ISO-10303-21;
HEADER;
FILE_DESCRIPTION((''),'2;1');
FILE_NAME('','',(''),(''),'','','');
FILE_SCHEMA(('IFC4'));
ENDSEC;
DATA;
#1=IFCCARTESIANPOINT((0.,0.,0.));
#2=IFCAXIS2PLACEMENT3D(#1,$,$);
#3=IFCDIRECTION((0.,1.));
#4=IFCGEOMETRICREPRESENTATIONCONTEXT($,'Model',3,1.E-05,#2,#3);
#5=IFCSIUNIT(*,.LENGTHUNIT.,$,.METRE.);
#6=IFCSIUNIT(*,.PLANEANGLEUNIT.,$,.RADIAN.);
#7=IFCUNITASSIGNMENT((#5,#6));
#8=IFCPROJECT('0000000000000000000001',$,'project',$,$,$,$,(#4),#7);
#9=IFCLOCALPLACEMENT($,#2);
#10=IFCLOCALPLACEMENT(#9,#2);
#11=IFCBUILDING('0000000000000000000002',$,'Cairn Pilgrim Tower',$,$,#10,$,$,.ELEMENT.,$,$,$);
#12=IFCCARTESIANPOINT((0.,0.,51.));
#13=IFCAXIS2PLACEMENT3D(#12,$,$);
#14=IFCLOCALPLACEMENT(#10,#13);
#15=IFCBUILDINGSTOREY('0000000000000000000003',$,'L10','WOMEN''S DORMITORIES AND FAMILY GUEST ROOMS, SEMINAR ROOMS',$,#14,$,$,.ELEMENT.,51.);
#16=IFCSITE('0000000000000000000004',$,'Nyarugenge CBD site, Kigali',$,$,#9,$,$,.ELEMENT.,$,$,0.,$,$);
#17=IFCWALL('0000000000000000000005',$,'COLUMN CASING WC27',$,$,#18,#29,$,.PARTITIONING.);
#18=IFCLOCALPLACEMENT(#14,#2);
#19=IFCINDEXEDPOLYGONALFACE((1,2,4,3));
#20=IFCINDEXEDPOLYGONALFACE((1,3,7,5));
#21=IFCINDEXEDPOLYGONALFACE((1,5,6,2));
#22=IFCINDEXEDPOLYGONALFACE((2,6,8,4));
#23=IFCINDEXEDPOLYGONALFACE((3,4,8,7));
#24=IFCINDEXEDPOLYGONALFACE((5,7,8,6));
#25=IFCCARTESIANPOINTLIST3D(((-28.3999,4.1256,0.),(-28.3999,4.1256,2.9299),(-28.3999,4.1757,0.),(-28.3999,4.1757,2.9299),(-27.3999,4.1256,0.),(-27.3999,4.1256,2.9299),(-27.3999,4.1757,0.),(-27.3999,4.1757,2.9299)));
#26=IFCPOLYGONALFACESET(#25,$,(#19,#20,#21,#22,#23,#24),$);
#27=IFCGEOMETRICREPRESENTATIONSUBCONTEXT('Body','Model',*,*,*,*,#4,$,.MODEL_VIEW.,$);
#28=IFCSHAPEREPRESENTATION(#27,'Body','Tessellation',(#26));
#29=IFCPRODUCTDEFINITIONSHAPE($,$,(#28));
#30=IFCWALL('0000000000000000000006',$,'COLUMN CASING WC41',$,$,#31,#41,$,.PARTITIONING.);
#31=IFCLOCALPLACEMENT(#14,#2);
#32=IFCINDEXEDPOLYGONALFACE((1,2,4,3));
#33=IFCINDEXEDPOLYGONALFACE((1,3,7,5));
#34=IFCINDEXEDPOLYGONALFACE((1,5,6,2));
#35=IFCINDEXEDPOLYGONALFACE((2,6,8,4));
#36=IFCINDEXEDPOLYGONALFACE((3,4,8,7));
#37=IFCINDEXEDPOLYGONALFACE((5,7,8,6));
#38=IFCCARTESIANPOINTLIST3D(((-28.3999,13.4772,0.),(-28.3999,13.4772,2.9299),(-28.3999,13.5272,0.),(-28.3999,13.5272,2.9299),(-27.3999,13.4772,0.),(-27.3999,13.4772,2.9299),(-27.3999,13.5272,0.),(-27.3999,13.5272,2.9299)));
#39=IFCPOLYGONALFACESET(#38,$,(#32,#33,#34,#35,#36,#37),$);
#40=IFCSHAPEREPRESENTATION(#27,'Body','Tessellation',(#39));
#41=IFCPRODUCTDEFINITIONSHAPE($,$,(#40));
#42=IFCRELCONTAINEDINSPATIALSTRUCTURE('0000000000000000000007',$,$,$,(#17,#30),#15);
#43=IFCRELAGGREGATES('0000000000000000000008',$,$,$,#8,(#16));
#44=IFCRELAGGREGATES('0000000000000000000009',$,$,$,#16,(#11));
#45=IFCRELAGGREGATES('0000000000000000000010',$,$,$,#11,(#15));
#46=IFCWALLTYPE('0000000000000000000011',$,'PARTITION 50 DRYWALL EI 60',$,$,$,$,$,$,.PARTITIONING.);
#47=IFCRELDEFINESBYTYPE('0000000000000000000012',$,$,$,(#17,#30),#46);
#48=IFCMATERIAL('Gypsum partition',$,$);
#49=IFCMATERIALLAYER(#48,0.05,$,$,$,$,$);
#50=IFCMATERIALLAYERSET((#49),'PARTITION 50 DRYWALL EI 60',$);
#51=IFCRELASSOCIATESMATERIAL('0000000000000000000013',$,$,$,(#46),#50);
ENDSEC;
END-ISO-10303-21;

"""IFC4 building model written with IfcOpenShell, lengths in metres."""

from ifc_helpers import new_model, si_unit, direction, frame, frame_2d, origin, place, context, subcontext, project, spatial, rectangle, extrude, material, layer, layer_set, type_object, element, save


model = new_model("IFC4")

# Units and contexts
model_context = context("Model", 3, precision=1e-05, world=origin(), true_north=direction((0.0, 1.0)))
body_context = subcontext(model_context, "Body", "Model", "MODEL_VIEW")
ifc_project = project(units=[si_unit("LENGTHUNIT", "METRE"), si_unit("PLANEANGLEUNIT", "RADIAN")], contexts=[model_context])

# Site, building, storey
site_placement = place(None, origin())
site = spatial("IfcSite", under=ifc_project, at=site_placement, Name="Nyarugenge CBD site, Kigali", CompositionType="ELEMENT", RefElevation=0.0)
building_placement = place(site_placement, origin())
building = spatial("IfcBuilding", under=site, at=building_placement, Name="Cairn Pilgrim Tower", CompositionType="ELEMENT")
storey_placement = place(building_placement, frame((0.0, 0.0, 51.0)))
storey = spatial("IfcBuildingStorey", under=building, at=storey_placement, Name="L10", Description="WOMEN'S DORMITORIES AND FAMILY GUEST ROOMS, SEMINAR ROOMS", CompositionType="ELEMENT", Elevation=51.0)

# Shared definitions
ifc_material_1 = material(Name="Gypsum partition")

# Walls
ifc_layer_1 = layer(ifc_material_1, 0.05)
ifc_layer_set_1 = layer_set([ifc_layer_1], Name="PARTITION 50 DRYWALL EI 60")
wall_type_1 = type_object("IfcWallType", Name="PARTITION 50 DRYWALL EI 60", PredefinedType="PARTITIONING", material=ifc_layer_set_1)
for number, where, z_axis, x_axis, name in (
    (1, (-28.3999, 4.1506, 0.0), (0.0, 0.0, 1.0), (1.0, 0.0, 0.0), "COLUMN CASING WC27"),
    (2, (-28.3999, 13.5022, 0.0), (0.0, 0.0, 1.0), (1.0, 0.0, 0.0), "COLUMN CASING WC41"),
):
    element("IfcWall", number, at=place(storey_placement, frame(where, z_axis=z_axis, x_axis=x_axis)), inside=storey, type_object=wall_type_1, Name=name, PredefinedType="PARTITIONING", context=body_context, shape_type="SweptSolid", body=[
        extrude(rectangle(XDim=1.0, YDim=0.05, at=frame_2d((0.5, 0.0))), origin(), (0.0, 0.0, 1.0), 2.9299),
    ])

save(model, "model.ifc")
